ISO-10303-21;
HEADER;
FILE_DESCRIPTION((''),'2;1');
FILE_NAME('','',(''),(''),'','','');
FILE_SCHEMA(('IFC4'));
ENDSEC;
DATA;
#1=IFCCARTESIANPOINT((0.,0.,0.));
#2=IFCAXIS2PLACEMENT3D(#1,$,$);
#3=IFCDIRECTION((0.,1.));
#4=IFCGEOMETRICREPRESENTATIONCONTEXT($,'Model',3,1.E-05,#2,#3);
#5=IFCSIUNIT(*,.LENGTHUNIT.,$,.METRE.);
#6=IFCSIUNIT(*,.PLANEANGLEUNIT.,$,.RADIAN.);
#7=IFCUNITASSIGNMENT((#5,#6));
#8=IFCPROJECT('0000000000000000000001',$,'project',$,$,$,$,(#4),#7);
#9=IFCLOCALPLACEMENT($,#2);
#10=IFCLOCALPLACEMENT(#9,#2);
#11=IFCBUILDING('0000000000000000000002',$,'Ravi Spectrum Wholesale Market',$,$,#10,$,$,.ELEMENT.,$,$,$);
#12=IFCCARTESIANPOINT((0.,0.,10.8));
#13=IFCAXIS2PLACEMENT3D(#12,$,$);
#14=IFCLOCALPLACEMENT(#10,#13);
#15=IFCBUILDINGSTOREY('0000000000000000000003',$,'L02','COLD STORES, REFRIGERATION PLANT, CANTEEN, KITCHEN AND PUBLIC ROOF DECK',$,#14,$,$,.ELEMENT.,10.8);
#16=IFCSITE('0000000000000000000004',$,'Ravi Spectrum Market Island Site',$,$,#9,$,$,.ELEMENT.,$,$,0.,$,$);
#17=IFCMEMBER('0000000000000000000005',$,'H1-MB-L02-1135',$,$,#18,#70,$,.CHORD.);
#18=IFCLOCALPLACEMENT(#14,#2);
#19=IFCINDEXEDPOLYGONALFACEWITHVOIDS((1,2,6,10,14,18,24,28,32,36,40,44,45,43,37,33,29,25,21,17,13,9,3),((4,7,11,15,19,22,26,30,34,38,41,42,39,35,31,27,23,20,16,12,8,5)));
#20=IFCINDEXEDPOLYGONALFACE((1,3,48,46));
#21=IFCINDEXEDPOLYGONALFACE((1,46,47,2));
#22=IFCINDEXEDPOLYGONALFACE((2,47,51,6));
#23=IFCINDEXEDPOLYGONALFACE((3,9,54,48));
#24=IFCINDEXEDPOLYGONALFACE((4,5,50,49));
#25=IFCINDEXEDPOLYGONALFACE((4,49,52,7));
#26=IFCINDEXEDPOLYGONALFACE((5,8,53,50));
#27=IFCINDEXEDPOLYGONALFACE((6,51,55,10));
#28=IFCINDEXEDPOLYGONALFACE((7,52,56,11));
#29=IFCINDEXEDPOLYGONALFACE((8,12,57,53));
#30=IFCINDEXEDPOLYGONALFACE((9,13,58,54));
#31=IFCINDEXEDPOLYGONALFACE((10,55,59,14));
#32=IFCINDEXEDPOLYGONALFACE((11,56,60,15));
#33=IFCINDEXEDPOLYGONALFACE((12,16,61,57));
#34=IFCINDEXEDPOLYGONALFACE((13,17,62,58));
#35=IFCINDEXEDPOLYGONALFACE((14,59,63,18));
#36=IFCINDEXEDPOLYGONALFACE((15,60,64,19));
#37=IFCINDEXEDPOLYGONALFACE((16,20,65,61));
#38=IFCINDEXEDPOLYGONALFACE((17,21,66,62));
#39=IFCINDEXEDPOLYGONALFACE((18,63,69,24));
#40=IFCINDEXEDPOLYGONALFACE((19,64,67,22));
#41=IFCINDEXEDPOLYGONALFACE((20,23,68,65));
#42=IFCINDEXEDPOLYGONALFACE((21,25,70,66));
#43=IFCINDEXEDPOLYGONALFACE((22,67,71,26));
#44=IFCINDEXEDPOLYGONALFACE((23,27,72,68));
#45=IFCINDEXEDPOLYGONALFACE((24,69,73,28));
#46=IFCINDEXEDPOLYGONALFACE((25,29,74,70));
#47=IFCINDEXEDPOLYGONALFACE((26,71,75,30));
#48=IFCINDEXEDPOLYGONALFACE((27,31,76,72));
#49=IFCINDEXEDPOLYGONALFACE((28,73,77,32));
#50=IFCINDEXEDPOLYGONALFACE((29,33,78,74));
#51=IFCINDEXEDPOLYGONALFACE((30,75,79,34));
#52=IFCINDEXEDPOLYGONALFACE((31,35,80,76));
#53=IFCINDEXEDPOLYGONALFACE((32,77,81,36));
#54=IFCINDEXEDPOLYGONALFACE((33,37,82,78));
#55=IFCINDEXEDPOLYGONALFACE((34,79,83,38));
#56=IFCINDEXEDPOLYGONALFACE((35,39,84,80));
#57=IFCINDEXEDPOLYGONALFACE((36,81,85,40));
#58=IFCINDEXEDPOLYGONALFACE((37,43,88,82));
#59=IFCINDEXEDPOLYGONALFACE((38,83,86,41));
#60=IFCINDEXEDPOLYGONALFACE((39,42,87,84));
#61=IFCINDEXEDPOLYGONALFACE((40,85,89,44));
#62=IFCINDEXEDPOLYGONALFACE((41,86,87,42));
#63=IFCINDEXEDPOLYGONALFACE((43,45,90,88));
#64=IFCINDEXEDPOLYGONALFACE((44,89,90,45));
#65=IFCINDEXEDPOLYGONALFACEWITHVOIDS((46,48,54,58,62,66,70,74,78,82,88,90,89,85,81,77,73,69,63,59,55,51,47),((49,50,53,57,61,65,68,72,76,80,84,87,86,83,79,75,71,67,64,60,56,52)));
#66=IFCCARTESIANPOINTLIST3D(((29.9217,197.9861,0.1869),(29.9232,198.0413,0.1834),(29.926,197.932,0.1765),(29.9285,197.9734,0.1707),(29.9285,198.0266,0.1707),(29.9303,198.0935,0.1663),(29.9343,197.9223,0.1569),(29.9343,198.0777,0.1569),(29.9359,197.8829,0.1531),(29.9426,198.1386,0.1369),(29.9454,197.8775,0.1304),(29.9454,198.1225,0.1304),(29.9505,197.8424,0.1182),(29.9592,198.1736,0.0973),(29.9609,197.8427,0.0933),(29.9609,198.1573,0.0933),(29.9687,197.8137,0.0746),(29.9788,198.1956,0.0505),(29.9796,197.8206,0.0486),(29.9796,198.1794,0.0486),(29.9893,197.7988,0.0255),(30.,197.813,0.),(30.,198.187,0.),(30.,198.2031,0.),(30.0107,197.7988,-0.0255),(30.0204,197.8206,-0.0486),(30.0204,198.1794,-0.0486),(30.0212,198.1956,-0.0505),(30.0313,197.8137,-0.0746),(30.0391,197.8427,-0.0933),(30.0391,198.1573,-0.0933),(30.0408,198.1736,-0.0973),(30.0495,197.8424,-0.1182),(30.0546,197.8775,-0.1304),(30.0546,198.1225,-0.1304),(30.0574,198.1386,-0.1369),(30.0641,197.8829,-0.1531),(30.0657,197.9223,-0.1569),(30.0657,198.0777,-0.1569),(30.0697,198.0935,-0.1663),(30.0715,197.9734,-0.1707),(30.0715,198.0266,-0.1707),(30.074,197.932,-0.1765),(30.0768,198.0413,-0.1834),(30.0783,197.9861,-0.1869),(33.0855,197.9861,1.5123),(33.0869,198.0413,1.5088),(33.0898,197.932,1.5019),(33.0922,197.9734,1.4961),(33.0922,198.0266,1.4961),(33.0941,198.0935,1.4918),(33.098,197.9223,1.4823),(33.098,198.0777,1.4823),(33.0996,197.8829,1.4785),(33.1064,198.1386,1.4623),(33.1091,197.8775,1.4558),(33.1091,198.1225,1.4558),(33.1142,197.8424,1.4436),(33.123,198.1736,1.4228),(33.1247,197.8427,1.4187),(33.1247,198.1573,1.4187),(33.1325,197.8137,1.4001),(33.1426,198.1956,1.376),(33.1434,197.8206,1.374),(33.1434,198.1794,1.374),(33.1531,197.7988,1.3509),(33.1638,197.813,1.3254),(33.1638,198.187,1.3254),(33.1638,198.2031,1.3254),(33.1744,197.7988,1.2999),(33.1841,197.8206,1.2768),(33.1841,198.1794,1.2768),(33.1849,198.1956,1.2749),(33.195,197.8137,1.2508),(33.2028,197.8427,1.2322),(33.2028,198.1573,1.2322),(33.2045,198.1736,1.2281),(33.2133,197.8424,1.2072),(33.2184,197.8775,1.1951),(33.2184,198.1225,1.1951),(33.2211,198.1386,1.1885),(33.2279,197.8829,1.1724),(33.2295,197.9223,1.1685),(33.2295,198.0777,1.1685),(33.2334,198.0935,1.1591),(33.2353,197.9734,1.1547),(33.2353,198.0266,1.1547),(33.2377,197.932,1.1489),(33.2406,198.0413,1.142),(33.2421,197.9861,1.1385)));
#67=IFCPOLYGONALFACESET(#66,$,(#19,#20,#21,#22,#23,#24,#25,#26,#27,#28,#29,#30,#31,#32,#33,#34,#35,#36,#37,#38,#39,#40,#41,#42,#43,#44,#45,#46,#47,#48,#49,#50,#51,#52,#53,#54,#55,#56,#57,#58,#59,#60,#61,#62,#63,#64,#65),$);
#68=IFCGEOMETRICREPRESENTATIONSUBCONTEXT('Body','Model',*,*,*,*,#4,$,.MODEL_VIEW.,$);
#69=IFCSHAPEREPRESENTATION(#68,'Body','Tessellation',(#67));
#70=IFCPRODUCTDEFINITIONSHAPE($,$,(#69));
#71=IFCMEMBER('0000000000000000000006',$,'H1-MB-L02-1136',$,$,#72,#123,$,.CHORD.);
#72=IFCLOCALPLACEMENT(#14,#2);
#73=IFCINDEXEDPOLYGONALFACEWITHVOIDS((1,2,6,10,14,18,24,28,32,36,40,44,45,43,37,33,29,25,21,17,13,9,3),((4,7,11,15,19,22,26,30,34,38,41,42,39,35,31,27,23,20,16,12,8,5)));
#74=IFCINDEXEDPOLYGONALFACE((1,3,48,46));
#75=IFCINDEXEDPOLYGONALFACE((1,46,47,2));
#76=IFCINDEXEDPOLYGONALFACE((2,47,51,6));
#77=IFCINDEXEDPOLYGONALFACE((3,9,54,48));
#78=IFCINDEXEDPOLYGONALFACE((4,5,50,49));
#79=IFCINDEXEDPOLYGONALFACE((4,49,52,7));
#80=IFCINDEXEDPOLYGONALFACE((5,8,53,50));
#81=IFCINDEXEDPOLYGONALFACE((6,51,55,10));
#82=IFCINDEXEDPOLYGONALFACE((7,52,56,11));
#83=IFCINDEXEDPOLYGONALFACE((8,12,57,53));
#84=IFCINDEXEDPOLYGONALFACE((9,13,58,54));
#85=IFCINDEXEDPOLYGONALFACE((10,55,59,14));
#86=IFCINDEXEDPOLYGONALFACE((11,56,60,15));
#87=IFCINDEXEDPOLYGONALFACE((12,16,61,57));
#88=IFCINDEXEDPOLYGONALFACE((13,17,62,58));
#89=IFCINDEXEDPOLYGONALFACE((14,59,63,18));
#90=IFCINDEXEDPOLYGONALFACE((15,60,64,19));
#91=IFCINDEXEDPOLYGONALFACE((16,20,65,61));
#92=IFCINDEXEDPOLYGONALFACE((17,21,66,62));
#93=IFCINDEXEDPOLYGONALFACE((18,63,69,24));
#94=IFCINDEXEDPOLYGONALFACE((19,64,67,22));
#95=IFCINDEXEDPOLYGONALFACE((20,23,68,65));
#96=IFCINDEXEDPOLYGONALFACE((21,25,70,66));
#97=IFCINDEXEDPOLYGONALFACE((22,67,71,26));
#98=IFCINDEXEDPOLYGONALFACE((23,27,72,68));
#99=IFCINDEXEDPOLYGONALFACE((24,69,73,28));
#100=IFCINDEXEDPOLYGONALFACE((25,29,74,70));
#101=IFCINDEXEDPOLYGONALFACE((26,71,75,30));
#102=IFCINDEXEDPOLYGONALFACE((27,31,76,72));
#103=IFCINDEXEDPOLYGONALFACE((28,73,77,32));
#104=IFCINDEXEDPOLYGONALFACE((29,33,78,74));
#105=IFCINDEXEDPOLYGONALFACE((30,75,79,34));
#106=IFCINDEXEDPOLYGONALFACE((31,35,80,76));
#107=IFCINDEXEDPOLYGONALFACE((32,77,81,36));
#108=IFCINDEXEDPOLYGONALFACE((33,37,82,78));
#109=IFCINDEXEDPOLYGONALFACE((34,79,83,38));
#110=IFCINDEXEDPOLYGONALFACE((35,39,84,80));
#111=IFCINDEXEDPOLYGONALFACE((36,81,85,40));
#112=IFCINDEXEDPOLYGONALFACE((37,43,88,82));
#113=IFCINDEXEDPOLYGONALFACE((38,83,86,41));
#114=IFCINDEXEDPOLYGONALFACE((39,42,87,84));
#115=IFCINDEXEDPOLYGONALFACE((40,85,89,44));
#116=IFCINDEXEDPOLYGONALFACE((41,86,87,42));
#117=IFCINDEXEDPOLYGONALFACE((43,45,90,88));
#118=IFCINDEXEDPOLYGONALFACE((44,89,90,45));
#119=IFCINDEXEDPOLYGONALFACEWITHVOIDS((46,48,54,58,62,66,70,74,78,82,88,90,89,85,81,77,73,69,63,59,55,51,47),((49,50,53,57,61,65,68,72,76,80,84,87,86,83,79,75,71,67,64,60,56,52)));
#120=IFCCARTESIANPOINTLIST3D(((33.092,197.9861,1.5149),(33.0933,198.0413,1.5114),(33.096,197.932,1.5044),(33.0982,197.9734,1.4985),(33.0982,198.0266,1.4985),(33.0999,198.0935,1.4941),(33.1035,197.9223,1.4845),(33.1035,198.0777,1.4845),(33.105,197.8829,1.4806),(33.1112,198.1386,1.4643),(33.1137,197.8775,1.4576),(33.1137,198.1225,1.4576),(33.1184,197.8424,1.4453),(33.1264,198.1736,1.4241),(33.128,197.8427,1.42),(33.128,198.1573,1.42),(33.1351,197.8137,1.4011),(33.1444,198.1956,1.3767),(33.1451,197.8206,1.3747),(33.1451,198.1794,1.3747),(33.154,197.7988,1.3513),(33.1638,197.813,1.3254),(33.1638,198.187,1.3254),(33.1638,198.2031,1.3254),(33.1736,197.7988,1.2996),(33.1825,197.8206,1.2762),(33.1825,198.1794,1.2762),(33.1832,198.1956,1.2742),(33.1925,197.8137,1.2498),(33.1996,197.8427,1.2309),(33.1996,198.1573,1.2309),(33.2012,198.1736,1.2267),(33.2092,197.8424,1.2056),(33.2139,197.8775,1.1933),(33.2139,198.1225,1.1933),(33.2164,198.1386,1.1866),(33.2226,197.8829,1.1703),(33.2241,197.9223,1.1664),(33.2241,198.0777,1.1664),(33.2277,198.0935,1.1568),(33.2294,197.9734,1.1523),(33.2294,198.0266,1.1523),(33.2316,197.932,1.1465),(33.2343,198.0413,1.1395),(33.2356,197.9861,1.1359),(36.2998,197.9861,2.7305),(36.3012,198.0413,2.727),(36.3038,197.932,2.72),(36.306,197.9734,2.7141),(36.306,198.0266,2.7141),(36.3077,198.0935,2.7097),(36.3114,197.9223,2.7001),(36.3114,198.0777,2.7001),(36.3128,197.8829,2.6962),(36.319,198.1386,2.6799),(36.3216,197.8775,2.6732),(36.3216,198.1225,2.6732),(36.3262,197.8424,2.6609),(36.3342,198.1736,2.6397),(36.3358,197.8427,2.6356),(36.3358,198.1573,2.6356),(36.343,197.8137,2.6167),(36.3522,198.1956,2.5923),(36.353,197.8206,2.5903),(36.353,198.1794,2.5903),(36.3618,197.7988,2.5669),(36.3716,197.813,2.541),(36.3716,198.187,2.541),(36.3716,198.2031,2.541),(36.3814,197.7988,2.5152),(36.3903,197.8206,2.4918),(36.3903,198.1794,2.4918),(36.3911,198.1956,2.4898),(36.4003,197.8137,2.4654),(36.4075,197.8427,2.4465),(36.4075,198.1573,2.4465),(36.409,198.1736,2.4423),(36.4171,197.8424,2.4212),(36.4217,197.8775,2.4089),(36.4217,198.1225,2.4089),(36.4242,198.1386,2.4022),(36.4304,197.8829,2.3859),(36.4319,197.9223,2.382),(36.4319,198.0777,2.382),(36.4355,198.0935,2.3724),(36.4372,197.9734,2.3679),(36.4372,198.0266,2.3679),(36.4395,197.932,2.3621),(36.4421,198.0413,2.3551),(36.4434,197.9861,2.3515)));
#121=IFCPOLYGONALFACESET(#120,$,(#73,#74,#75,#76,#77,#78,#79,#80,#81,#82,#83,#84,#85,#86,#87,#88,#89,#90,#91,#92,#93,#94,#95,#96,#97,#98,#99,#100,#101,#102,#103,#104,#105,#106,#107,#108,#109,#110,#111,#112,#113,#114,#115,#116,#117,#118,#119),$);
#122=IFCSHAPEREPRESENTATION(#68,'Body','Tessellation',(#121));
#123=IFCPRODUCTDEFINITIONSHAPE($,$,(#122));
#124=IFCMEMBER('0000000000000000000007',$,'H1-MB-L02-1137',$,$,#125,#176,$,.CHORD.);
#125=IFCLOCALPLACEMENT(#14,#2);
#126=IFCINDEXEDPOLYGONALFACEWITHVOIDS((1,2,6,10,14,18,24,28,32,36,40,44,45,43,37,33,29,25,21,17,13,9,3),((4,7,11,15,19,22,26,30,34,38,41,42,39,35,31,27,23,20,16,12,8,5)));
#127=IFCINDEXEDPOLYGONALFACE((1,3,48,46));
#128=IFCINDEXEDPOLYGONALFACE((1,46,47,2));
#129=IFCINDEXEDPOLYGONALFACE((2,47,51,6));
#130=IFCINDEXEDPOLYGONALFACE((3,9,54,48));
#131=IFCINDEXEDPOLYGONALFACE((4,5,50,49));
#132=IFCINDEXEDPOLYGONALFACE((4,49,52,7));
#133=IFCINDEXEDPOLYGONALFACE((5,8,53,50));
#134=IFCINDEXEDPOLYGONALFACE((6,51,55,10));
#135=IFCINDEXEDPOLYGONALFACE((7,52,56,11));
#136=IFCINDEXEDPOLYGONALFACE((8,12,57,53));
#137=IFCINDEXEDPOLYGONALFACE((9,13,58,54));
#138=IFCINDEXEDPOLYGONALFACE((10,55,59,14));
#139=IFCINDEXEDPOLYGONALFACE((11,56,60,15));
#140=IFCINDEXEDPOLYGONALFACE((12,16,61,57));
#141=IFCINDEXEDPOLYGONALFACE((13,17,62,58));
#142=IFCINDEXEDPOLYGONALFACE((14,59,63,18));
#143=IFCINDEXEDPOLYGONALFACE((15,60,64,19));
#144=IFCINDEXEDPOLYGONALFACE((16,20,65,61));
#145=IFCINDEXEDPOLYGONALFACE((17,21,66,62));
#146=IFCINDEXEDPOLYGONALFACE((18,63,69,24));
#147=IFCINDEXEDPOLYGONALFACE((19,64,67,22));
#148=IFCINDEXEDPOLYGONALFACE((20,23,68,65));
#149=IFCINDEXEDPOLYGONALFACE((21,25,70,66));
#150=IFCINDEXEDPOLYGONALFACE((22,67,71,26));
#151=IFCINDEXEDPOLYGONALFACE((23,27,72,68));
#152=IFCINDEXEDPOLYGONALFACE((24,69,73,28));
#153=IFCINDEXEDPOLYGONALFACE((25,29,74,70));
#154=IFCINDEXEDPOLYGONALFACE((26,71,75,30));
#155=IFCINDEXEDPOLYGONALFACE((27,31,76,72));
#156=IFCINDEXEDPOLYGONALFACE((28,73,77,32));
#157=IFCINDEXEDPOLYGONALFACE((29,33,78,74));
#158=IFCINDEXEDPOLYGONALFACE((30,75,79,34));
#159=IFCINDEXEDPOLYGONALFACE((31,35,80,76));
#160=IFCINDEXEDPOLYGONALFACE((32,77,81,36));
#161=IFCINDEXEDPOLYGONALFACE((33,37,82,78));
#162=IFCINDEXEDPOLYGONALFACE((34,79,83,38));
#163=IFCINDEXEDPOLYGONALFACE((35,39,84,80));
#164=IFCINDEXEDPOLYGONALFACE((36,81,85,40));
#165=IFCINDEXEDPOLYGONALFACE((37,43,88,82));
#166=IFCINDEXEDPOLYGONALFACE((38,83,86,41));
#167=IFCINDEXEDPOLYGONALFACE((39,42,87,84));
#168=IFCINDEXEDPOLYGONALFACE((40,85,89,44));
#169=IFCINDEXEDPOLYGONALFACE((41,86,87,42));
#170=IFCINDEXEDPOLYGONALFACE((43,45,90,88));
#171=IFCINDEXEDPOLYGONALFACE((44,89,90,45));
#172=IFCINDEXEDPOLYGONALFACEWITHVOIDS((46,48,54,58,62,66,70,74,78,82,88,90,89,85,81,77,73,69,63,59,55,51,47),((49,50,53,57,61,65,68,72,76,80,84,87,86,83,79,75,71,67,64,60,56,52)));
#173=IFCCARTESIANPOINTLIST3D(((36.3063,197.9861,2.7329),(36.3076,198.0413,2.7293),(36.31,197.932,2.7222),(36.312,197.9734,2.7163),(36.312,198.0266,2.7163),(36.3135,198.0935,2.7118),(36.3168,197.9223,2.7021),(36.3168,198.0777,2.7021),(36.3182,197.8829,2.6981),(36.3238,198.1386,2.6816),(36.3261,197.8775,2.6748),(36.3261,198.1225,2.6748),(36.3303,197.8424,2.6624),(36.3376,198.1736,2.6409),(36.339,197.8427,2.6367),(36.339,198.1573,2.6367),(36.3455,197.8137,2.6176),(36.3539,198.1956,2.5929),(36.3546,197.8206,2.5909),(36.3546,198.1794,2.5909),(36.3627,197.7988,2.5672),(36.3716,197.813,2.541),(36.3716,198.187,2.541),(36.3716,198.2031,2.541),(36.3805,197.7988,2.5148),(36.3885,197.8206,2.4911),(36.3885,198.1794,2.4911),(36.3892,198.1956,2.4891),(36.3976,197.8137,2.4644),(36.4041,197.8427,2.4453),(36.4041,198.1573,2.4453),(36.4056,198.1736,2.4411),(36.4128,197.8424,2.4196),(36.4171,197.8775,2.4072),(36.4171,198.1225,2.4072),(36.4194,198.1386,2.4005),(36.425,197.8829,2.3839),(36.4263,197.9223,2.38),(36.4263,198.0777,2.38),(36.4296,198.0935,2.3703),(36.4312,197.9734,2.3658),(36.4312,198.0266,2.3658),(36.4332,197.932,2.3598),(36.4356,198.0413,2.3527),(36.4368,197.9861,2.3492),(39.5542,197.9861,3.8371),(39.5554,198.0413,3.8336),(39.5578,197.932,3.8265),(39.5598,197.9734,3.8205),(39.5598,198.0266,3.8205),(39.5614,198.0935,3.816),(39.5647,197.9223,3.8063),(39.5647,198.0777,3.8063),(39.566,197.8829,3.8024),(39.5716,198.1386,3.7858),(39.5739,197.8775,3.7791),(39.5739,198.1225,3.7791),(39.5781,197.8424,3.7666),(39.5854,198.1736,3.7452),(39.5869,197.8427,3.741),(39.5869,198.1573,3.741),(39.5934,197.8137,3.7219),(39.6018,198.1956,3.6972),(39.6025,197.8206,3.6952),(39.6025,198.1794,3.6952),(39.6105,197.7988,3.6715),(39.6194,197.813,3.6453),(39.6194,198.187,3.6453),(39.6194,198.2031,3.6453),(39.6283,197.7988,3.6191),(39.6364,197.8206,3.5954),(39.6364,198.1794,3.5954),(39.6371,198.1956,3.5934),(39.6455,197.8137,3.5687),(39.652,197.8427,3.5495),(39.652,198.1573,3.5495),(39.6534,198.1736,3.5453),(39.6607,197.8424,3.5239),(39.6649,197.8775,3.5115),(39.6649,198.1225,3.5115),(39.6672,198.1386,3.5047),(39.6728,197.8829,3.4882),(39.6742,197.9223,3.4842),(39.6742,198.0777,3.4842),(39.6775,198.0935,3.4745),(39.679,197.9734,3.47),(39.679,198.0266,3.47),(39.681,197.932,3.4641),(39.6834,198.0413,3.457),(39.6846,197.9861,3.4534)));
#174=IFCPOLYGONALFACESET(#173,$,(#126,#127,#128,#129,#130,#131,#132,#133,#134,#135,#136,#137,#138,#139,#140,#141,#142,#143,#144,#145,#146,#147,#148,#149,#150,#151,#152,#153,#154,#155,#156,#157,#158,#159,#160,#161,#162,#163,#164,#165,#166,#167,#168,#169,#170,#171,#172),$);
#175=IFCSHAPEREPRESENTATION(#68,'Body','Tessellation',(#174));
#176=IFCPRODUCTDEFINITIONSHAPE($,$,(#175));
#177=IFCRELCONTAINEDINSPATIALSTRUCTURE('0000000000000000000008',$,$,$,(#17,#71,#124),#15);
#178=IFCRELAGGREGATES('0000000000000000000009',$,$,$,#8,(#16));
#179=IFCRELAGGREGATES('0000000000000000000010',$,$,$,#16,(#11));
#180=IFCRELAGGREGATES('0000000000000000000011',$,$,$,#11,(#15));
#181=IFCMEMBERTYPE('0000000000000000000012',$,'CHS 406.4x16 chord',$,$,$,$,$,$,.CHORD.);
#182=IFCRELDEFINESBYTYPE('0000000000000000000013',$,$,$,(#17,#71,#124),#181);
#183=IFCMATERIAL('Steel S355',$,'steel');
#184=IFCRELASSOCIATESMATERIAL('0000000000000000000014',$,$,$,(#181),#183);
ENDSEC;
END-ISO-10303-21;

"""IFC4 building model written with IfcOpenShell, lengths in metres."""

from ifc_helpers import new_model, si_unit, direction, frame, origin, origin_2d, place, context, subcontext, project, spatial, hollow_circle, extrude, material, material_profile, profile_set, type_object, element, save


model = new_model("IFC4")

# Units and contexts
model_context = context("Model", 3, precision=1e-05, world=origin(), true_north=direction((0.0, 1.0)))
body_context = subcontext(model_context, "Body", "Model", "MODEL_VIEW")
ifc_project = project(units=[si_unit("LENGTHUNIT", "METRE"), si_unit("PLANEANGLEUNIT", "RADIAN")], contexts=[model_context])

# Site, building, storey
site_placement = place(None, origin())
site = spatial("IfcSite", under=ifc_project, at=site_placement, Name="Ravi Spectrum Market Island Site", CompositionType="ELEMENT", RefElevation=0.0)
building_placement = place(site_placement, origin())
building = spatial("IfcBuilding", under=site, at=building_placement, Name="Ravi Spectrum Wholesale Market", CompositionType="ELEMENT")
storey_placement = place(building_placement, frame((0.0, 0.0, 10.8)))
storey = spatial("IfcBuildingStorey", under=building, at=storey_placement, Name="L02", Description="COLD STORES, REFRIGERATION PLANT, CANTEEN, KITCHEN AND PUBLIC ROOF DECK", CompositionType="ELEMENT", Elevation=10.8)

# Members
ifc_material_1 = material(Name="Steel S355", Category="steel")
ifc_material_profile_1 = material_profile(ifc_material_1, hollow_circle(Radius=0.2031, WallThickness=0.0161, at=origin_2d()))
ifc_profile_set_1 = profile_set([ifc_material_profile_1], Name="Steel S355")
member_type_1 = type_object("IfcMemberType", Name="CHS 406.4x16 chord", PredefinedType="CHORD", material=ifc_profile_set_1)
member_1_placement = place(storey_placement, frame((30.0, 198.0, 0.0), z_axis=(0.922332, 0.0, 0.386399), x_axis=(0.0, 1.0, 0.0)))
element("IfcMember", 1, at=member_1_placement, inside=storey, type_object=member_type_1, Name="H1-MB-L02-1135", PredefinedType="CHORD", context=body_context, shape_type="SweptSolid", body=[
    extrude(hollow_circle(Radius=0.2031, WallThickness=0.0161, at=origin_2d()), origin(), (0.0, 0.0, 1.0), 3.4302),
])
for number, where, z_axis, x_axis, name in (
    (2, (33.1638, 198.0, 1.3254), (0.93511, 0.0, 0.354358), (0.0, 1.0, 0.0), "H1-MB-L02-1136"),
    (3, (36.3716, 198.0, 2.541), (0.946773, 0.0, 0.321901), (0.0, 1.0, 0.0), "H1-MB-L02-1137"),
):
    element("IfcMember", number, at=place(storey_placement, frame(where, z_axis=z_axis, x_axis=x_axis)), inside=storey, type_object=member_type_1, Name=name, PredefinedType="CHORD", context=body_context, shape_type="SweptSolid", body=[
        extrude(hollow_circle(Radius=0.2031, WallThickness=0.0161, at=origin_2d()), origin(), (0.0, 0.0, 1.0), 3.4304),
    ])

save(model, "model.ifc")
